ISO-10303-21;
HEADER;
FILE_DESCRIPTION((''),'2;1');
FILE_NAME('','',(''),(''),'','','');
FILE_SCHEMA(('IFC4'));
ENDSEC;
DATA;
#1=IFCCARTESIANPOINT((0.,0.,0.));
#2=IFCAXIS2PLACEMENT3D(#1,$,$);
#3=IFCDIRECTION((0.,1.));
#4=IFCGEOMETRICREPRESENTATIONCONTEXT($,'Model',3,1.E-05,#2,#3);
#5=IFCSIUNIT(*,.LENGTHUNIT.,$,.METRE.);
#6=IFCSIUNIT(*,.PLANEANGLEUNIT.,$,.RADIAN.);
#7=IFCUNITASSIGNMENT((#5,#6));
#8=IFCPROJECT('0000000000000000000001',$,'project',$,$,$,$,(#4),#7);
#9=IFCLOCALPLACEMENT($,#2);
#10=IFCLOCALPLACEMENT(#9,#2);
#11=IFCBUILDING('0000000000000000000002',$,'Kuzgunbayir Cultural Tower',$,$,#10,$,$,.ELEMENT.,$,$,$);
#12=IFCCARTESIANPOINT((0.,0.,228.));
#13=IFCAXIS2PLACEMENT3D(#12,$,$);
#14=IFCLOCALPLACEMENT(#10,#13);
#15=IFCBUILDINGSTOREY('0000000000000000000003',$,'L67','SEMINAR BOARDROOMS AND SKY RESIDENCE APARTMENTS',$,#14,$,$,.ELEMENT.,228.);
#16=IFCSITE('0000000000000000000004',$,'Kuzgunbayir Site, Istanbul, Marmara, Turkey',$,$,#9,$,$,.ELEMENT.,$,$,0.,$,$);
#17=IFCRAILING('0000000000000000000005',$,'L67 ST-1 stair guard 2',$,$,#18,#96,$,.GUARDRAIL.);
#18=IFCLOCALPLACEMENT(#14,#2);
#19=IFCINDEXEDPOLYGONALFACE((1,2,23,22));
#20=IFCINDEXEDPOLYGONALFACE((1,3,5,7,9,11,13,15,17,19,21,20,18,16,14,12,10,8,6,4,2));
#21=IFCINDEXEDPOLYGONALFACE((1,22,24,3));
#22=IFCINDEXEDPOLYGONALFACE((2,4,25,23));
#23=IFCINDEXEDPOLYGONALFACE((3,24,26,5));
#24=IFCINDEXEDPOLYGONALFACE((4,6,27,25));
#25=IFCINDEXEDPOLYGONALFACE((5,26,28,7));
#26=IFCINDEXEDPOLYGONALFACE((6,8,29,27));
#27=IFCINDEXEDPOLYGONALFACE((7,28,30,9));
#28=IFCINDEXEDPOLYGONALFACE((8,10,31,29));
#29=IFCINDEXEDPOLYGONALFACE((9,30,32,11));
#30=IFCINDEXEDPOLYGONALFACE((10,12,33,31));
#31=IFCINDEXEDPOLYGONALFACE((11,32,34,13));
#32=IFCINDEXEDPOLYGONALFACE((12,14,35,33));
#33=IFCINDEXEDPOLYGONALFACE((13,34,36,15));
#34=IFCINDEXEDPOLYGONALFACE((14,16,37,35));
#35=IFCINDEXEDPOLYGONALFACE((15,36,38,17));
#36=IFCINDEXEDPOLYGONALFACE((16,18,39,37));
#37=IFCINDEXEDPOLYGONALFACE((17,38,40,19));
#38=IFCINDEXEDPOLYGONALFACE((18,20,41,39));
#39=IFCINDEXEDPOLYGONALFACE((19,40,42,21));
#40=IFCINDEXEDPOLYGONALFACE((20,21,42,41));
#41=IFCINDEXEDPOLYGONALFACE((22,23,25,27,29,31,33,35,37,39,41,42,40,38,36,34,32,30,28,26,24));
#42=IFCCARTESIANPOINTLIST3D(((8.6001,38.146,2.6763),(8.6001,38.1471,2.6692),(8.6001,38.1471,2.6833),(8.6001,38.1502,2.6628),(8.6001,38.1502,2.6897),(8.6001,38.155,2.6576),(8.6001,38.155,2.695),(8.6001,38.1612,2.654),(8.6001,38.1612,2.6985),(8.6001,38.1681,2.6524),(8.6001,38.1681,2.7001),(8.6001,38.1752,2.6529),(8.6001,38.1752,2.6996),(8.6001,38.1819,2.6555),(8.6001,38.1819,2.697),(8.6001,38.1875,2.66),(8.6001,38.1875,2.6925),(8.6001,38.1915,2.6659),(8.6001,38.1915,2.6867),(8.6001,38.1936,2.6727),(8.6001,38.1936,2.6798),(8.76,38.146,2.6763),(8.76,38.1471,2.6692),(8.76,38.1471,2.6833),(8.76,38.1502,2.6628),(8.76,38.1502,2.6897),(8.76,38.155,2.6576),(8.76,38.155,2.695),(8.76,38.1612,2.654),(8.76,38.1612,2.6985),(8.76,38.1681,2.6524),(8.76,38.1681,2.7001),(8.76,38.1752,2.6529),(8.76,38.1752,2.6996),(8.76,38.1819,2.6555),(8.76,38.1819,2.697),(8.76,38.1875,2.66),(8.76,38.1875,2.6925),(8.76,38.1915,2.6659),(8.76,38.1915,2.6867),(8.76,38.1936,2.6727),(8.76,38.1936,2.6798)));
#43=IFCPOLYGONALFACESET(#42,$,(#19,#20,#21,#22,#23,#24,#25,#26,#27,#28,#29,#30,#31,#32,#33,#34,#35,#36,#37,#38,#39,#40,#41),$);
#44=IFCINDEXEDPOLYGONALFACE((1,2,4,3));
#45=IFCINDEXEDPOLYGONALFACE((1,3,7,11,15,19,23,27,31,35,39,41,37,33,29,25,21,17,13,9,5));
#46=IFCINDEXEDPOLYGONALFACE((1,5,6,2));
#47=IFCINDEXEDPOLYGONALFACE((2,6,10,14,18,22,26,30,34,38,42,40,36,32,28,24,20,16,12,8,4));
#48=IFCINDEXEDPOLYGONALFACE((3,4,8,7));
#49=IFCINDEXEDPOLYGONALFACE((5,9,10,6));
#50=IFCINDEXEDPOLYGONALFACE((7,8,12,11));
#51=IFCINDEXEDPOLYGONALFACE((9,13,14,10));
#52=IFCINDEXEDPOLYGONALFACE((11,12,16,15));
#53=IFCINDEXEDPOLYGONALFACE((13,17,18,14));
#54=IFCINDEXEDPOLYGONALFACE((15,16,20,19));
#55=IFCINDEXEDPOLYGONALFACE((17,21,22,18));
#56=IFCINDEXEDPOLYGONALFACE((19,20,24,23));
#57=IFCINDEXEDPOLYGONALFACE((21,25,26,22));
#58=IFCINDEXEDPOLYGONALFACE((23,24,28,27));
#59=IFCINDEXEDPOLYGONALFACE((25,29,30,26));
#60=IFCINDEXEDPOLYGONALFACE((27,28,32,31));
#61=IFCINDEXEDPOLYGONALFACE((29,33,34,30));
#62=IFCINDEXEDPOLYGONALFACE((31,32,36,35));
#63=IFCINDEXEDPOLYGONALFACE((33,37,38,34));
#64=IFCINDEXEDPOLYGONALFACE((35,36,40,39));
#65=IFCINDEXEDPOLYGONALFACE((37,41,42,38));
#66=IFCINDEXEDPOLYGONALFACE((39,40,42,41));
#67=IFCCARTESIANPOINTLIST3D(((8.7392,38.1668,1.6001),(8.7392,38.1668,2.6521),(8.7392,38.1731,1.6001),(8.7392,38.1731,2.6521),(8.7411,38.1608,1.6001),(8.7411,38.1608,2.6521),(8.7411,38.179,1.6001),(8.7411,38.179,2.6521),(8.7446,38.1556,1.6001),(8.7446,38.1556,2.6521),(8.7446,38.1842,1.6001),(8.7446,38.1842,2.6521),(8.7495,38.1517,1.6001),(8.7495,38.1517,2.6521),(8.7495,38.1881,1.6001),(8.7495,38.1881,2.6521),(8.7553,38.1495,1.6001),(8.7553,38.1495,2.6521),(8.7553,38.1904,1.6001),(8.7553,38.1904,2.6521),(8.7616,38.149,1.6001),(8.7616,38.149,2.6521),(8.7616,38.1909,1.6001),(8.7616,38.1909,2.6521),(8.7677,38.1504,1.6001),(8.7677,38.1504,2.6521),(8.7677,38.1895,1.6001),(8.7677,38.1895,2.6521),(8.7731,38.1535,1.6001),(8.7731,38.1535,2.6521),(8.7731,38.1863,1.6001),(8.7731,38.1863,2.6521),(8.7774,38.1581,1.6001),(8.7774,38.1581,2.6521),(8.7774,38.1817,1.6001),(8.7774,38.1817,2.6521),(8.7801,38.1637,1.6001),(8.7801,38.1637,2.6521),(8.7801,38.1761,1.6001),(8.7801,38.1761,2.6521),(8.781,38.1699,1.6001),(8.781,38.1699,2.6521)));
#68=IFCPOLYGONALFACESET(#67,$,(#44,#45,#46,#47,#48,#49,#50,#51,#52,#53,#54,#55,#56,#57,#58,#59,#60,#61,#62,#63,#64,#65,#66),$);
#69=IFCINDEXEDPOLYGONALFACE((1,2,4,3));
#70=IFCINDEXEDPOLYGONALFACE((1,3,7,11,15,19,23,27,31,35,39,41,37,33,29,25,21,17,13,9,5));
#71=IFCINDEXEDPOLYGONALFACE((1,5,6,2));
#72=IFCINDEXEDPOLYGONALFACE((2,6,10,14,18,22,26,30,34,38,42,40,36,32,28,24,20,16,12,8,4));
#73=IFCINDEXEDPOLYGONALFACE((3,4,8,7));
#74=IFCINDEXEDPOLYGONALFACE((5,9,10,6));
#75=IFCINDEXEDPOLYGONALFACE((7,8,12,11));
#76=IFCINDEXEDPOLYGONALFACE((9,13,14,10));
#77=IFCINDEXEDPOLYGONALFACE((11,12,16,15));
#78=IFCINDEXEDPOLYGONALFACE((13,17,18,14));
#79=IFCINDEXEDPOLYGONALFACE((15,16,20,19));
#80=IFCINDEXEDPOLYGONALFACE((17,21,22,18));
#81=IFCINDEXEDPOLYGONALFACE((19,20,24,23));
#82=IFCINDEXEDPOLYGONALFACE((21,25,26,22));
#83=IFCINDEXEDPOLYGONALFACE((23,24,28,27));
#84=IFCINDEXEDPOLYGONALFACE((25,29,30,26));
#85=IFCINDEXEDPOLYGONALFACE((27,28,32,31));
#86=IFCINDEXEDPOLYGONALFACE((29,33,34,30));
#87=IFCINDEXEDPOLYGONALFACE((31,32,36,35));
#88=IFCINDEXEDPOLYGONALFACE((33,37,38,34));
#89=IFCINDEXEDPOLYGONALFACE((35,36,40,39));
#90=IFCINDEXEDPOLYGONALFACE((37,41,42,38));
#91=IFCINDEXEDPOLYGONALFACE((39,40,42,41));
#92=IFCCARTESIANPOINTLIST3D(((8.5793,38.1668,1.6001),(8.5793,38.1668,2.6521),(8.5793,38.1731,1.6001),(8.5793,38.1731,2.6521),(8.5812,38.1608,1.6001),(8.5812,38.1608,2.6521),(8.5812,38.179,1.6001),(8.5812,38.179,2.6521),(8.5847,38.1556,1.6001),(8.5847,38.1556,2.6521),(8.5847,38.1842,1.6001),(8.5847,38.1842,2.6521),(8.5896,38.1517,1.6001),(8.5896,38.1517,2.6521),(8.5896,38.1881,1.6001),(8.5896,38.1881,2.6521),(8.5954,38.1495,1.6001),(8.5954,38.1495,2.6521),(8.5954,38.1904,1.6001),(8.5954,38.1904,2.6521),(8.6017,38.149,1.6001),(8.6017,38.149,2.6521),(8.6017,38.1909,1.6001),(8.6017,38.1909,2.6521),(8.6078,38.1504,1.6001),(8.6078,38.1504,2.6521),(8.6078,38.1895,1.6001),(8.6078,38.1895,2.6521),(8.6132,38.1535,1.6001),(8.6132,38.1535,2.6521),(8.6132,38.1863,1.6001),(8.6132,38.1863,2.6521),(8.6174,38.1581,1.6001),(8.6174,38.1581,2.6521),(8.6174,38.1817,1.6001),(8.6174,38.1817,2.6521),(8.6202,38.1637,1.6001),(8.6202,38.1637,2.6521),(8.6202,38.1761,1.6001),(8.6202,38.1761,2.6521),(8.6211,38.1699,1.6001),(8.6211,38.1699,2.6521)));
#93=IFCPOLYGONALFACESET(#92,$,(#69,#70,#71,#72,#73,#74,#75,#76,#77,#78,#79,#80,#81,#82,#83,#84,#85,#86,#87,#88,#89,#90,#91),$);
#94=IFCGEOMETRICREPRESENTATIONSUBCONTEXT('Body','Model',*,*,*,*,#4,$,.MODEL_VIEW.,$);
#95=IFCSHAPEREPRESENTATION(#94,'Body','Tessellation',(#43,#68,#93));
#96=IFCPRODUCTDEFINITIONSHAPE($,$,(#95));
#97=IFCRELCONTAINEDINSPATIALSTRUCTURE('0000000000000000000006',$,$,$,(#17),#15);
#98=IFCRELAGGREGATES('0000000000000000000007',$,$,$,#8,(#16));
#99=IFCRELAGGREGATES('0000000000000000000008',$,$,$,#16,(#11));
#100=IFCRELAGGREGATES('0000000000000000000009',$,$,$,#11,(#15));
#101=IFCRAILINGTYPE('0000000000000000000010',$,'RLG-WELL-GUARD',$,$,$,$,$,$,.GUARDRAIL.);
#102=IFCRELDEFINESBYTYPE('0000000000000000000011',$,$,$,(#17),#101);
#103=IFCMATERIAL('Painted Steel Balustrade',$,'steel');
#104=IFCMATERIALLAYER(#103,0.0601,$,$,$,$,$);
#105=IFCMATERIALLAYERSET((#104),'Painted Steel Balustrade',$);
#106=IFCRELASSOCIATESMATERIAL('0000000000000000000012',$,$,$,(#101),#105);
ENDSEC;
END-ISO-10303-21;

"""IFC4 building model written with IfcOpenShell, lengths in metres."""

from ifc_helpers import new_model, si_unit, direction, frame, origin, origin_2d, place, context, subcontext, project, spatial, circle, extrude, material, layer, layer_set, type_object, element, save


model = new_model("IFC4")

# Units and contexts
model_context = context("Model", 3, precision=1e-05, world=origin(), true_north=direction((0.0, 1.0)))
body_context = subcontext(model_context, "Body", "Model", "MODEL_VIEW")
ifc_project = project(units=[si_unit("LENGTHUNIT", "METRE"), si_unit("PLANEANGLEUNIT", "RADIAN")], contexts=[model_context])

# Site, building, storey
site_placement = place(None, origin())
site = spatial("IfcSite", under=ifc_project, at=site_placement, Name="Kuzgunbayir Site, Istanbul, Marmara, Turkey", CompositionType="ELEMENT", RefElevation=0.0)
building_placement = place(site_placement, origin())
building = spatial("IfcBuilding", under=site, at=building_placement, Name="Kuzgunbayir Cultural Tower", CompositionType="ELEMENT")
storey_placement = place(building_placement, frame((0.0, 0.0, 228.0)))
storey = spatial("IfcBuildingStorey", under=building, at=storey_placement, Name="L67", Description="SEMINAR BOARDROOMS AND SKY RESIDENCE APARTMENTS", CompositionType="ELEMENT", Elevation=228.0)

# Railing
ifc_material_1 = material(Name="Painted Steel Balustrade", Category="steel")
ifc_layer_1 = layer(ifc_material_1, 0.0601)
ifc_layer_set_1 = layer_set([ifc_layer_1], Name="Painted Steel Balustrade")
railing_type_1 = type_object("IfcRailingType", Name="RLG-WELL-GUARD", PredefinedType="GUARDRAIL", material=ifc_layer_set_1)
railing_1_placement = place(storey_placement, frame((8.76, 38.1699, 1.6001)))
element("IfcRailing", 1, at=railing_1_placement, inside=storey, type_object=railing_type_1, Name="L67 ST-1 stair guard 2", PredefinedType="GUARDRAIL", context=body_context, shape_type="SweptSolid", body=[
    extrude(circle(Radius=0.0239, at=origin_2d()), frame((0.0, 0.0, 1.0762), z_axis=(-1.0, 0.0, 0.0), x_axis=(0.0, -1.0, 0.0)), (0.0, 0.0, 1.0), 0.1599),
    extrude(circle(Radius=0.021, at=origin_2d()), origin(), (0.0, 0.0, 1.0), 1.052),
    extrude(circle(Radius=0.021, at=origin_2d()), frame((-0.1599, 0.0, 0.0)), (0.0, 0.0, 1.0), 1.052),
])

save(model, "model.ifc")
